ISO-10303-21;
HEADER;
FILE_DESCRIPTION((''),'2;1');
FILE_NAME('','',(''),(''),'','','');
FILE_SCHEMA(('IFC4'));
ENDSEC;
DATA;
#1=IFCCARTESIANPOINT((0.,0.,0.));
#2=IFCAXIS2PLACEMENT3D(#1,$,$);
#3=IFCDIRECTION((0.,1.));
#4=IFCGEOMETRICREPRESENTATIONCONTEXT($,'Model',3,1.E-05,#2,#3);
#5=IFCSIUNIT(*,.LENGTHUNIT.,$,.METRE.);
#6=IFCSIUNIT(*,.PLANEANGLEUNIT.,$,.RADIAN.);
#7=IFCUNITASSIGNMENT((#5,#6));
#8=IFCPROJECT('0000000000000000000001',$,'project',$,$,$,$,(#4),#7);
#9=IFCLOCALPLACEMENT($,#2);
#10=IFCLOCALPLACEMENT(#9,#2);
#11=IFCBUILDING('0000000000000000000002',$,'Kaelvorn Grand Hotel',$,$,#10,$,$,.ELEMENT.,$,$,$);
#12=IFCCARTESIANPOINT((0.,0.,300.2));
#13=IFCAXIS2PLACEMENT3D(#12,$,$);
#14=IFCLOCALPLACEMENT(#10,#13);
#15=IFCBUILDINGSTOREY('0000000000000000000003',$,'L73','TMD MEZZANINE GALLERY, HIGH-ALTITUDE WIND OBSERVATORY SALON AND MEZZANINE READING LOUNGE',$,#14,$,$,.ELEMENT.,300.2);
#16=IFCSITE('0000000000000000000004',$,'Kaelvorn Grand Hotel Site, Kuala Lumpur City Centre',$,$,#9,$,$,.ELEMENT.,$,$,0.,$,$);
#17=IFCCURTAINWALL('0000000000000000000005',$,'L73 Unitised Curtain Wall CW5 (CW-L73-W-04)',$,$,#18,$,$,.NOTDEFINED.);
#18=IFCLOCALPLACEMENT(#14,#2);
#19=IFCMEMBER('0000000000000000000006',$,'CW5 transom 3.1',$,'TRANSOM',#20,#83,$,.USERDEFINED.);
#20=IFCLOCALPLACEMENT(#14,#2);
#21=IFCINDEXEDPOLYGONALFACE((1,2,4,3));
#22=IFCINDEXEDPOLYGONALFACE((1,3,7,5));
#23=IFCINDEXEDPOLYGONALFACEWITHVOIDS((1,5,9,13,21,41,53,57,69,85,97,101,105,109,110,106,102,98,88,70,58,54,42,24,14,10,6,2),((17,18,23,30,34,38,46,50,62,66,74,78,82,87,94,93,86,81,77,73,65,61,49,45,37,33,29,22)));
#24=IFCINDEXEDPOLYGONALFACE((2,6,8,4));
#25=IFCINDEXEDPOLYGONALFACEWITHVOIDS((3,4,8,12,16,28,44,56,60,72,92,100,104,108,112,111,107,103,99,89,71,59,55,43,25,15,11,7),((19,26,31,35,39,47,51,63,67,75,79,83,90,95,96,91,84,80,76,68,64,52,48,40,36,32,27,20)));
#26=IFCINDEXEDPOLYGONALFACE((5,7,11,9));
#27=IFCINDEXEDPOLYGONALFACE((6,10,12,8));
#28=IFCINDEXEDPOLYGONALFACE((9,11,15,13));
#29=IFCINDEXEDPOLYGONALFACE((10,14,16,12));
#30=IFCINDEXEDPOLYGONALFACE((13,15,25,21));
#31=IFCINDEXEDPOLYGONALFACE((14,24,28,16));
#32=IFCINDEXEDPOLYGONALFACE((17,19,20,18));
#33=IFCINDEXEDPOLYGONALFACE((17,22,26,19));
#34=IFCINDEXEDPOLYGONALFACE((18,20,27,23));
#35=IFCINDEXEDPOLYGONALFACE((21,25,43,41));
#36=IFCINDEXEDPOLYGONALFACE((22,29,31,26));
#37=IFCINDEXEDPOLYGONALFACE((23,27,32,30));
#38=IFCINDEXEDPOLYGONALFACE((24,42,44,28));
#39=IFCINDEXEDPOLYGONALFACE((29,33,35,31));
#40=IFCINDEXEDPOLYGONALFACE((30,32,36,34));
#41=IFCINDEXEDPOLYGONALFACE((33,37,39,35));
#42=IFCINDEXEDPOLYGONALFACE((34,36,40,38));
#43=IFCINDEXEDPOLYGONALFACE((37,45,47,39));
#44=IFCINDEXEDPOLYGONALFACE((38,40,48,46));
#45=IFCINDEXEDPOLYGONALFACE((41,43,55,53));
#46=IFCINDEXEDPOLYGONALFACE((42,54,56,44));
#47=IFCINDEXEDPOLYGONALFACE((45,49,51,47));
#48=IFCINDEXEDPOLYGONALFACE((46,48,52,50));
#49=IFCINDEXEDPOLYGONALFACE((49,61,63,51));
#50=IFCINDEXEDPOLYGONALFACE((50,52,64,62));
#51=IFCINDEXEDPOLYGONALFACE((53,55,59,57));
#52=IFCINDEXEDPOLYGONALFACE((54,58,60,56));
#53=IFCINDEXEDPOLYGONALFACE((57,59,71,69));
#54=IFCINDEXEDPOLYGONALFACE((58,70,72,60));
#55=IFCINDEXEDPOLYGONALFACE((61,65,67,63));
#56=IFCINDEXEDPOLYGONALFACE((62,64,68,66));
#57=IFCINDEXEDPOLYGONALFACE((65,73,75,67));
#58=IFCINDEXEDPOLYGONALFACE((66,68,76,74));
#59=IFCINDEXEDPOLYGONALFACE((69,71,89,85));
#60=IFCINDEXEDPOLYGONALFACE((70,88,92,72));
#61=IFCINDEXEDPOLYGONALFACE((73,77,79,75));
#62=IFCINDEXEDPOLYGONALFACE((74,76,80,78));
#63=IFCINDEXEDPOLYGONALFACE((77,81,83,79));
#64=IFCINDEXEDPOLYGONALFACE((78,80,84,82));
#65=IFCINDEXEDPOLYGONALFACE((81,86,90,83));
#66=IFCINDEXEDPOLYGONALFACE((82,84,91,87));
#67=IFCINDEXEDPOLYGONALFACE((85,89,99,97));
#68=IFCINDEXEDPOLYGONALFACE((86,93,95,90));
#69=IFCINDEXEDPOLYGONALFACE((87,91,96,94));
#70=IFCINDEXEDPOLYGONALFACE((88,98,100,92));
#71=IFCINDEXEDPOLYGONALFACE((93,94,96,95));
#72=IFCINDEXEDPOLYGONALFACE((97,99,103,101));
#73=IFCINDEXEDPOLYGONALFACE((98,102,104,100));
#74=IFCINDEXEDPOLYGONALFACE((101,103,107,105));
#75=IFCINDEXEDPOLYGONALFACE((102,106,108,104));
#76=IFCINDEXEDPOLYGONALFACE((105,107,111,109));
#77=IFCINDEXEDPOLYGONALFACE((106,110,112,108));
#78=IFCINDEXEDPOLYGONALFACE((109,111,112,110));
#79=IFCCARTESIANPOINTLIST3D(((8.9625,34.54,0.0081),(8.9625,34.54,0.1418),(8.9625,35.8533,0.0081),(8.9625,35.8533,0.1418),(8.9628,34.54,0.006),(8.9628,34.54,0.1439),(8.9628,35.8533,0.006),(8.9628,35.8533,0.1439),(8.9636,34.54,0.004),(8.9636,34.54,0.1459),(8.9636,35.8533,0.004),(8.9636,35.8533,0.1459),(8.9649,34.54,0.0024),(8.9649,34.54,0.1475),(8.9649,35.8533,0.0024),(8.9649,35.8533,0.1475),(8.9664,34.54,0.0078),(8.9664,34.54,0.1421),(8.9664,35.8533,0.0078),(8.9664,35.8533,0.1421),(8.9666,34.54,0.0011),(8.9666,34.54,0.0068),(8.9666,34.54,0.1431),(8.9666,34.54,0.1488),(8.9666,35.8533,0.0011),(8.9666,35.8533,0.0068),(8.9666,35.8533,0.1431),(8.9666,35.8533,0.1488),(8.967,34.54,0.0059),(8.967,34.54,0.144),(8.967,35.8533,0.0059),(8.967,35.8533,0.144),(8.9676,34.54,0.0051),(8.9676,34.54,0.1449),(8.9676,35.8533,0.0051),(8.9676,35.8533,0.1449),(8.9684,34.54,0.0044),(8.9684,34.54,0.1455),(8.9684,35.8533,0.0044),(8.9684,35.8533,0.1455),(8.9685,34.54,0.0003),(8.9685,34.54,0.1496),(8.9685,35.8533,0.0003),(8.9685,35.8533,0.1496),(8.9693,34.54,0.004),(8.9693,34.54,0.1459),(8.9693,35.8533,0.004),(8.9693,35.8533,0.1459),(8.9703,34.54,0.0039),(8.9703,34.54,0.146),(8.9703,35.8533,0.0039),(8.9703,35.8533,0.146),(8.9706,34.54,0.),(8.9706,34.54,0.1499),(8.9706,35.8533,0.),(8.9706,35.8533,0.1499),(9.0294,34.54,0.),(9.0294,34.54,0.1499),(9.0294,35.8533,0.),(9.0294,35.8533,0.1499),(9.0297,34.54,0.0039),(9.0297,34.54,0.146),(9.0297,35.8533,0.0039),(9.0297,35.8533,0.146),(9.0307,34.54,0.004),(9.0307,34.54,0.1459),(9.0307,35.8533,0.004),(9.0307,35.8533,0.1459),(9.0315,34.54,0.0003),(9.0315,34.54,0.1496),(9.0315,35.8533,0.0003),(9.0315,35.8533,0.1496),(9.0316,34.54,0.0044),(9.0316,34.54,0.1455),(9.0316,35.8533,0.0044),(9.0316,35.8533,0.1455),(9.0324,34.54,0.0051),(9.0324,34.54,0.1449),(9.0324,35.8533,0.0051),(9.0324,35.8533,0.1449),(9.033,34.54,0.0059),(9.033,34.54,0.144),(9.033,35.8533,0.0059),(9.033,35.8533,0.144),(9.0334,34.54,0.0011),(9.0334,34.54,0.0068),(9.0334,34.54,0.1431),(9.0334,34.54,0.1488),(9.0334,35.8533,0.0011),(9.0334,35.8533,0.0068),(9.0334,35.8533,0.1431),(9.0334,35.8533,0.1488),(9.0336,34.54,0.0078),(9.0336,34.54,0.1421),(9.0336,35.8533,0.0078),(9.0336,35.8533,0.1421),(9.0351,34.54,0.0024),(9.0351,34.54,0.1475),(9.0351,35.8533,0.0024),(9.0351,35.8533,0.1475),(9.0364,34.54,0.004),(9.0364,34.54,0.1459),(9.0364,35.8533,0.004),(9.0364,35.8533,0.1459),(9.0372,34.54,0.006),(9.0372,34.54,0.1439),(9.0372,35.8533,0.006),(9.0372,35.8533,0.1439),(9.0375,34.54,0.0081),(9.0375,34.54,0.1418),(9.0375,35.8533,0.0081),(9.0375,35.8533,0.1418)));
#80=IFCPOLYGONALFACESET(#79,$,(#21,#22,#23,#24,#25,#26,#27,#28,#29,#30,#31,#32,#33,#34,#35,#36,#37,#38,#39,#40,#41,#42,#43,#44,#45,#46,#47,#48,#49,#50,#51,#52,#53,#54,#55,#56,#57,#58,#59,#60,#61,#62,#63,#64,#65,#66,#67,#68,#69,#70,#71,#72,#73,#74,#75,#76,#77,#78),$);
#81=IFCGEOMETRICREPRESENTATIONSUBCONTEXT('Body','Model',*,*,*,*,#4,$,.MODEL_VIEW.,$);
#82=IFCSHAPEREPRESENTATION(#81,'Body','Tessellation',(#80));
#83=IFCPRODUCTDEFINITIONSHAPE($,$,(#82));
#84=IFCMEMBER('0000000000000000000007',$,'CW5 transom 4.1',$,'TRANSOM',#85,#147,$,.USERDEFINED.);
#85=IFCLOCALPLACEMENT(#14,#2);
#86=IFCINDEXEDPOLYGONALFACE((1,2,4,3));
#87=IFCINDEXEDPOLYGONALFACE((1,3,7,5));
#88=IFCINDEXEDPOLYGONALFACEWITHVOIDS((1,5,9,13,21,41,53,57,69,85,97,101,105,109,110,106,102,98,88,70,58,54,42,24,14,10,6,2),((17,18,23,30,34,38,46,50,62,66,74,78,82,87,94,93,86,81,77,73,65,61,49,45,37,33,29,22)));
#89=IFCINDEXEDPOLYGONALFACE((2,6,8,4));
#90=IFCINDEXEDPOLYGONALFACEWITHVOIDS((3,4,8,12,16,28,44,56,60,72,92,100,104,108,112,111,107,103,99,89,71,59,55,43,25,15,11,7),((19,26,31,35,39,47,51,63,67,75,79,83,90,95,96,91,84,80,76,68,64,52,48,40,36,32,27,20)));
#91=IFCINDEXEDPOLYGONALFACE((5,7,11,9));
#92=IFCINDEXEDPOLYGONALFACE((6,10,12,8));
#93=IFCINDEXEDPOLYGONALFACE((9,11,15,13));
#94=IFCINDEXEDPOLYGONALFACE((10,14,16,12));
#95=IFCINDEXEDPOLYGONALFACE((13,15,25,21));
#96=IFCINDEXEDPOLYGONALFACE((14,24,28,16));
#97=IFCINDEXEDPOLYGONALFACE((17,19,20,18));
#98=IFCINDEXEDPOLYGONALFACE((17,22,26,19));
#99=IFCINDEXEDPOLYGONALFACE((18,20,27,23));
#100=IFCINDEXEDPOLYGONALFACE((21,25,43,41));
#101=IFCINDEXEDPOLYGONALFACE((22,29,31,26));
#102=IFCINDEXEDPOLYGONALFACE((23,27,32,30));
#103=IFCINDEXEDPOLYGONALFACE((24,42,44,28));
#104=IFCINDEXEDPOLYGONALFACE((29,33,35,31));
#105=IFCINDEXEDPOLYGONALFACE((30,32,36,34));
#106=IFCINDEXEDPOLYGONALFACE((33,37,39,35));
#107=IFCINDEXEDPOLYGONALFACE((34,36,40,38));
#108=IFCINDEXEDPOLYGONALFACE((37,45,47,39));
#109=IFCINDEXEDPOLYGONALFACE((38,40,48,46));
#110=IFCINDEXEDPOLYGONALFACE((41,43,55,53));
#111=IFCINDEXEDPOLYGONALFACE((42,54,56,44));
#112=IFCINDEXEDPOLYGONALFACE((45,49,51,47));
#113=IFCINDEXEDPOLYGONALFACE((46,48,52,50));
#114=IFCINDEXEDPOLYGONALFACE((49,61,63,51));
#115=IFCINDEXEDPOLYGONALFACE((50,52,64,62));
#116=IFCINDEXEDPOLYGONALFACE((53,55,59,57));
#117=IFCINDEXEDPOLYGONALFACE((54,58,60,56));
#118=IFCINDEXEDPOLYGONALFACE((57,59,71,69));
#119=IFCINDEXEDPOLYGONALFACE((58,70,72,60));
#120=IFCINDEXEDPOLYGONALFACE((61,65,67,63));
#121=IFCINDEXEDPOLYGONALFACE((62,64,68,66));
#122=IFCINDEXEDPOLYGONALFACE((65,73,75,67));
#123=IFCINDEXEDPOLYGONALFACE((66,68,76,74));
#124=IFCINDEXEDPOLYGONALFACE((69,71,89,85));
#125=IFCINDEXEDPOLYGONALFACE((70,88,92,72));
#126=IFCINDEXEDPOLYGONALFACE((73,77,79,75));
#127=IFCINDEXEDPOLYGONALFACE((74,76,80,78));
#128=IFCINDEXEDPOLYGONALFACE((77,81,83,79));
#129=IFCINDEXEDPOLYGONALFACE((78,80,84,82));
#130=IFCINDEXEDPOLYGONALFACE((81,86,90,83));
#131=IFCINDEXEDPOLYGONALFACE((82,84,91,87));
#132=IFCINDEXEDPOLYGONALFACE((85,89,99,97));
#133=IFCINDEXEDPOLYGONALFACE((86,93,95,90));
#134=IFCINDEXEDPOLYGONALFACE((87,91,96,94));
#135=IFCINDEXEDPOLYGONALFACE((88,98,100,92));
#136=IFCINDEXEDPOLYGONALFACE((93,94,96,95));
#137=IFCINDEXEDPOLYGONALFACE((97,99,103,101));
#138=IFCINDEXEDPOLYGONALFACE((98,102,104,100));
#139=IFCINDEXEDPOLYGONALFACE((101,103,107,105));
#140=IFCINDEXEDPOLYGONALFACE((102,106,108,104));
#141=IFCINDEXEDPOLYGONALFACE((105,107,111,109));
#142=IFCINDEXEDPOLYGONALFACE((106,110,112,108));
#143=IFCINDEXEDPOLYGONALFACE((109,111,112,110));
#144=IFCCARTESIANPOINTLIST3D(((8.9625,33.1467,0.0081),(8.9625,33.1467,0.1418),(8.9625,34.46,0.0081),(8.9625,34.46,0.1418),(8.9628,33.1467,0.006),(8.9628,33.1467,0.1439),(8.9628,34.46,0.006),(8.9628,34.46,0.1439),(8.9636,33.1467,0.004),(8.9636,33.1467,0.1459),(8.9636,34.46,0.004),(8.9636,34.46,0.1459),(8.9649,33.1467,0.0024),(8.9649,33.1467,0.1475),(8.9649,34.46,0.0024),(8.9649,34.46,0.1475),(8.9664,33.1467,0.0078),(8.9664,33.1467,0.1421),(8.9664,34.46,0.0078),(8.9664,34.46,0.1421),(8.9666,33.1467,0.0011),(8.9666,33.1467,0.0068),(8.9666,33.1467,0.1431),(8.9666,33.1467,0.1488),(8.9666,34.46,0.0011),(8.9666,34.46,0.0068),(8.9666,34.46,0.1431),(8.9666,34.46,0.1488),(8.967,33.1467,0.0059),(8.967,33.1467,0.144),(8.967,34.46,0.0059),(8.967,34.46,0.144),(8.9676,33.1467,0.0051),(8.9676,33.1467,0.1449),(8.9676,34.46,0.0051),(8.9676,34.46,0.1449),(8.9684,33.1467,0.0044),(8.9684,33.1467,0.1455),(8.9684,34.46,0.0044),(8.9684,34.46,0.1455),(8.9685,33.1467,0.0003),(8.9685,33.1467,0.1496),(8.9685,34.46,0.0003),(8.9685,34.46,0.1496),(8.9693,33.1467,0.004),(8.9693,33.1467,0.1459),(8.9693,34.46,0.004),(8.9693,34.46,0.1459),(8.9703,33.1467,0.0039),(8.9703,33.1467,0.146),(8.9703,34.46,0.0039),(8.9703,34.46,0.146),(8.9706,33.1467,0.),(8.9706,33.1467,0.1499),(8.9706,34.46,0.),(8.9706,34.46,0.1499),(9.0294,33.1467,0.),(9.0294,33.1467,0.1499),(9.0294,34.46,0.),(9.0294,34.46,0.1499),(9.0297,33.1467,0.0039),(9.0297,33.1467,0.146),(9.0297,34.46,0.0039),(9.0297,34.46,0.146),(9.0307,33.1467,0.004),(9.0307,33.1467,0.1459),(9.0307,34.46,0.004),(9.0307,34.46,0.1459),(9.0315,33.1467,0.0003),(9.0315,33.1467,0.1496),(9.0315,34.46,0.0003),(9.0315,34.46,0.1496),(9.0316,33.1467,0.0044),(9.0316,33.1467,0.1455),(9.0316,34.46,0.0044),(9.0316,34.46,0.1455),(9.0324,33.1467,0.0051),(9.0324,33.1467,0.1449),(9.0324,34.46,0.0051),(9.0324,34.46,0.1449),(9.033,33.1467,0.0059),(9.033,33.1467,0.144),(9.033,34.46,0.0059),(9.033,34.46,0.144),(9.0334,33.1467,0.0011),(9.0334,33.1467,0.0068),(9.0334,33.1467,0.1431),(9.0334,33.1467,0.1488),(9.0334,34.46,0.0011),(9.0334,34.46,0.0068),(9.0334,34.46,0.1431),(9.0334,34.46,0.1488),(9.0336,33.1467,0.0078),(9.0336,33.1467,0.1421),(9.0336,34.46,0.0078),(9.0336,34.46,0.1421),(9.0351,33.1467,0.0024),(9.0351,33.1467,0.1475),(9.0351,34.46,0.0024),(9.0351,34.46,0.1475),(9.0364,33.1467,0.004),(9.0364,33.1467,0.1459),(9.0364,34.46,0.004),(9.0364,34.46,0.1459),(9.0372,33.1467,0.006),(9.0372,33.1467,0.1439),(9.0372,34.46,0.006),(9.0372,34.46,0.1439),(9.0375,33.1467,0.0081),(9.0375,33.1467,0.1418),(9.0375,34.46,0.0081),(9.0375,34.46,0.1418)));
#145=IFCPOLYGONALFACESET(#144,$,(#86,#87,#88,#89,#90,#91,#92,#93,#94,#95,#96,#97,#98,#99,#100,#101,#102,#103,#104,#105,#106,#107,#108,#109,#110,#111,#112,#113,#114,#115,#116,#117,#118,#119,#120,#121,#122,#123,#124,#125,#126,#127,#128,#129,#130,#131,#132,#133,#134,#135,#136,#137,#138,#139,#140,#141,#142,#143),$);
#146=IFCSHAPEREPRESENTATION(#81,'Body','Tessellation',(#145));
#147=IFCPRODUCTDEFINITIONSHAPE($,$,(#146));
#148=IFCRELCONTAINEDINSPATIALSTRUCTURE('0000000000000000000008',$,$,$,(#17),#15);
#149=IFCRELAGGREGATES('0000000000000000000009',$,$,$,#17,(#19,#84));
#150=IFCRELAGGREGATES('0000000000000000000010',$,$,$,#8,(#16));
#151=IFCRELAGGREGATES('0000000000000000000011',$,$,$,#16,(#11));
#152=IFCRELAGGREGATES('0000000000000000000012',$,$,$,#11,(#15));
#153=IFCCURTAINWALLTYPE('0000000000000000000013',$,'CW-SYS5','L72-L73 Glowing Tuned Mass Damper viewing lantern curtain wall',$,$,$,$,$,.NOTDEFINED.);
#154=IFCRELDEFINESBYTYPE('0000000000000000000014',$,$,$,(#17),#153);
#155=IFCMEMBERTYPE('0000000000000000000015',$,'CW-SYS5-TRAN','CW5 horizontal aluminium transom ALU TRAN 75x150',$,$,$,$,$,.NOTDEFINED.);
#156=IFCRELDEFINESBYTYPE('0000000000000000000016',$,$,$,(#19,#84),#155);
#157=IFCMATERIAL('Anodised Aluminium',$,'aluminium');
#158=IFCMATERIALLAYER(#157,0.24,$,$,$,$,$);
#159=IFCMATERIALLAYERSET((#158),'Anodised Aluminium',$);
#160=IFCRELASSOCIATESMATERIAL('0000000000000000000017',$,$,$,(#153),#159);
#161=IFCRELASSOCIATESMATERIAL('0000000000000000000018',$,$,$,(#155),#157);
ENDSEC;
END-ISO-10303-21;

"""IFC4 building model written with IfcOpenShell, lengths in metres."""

from ifc_helpers import new_model, si_unit, direction, frame, origin, origin_2d, place, context, subcontext, project, spatial, hollow_rectangle, extrude, material, layer, layer_set, material_profile, profile_set, type_object, element, aggregate, save


model = new_model("IFC4")

# Units and contexts
model_context = context("Model", 3, precision=1e-05, world=origin(), true_north=direction((0.0, 1.0)))
body_context = subcontext(model_context, "Body", "Model", "MODEL_VIEW")
ifc_project = project(units=[si_unit("LENGTHUNIT", "METRE"), si_unit("PLANEANGLEUNIT", "RADIAN")], contexts=[model_context])

# Site, building, storey
site_placement = place(None, origin())
site = spatial("IfcSite", under=ifc_project, at=site_placement, Name="Kaelvorn Grand Hotel Site, Kuala Lumpur City Centre", CompositionType="ELEMENT", RefElevation=0.0)
building_placement = place(site_placement, origin())
building = spatial("IfcBuilding", under=site, at=building_placement, Name="Kaelvorn Grand Hotel", CompositionType="ELEMENT")
storey_placement = place(building_placement, frame((0.0, 0.0, 300.2)))
storey = spatial("IfcBuildingStorey", under=building, at=storey_placement, Name="L73", Description="TMD MEZZANINE GALLERY, HIGH-ALTITUDE WIND OBSERVATORY SALON AND MEZZANINE READING LOUNGE", CompositionType="ELEMENT", Elevation=300.2)

# Curtain wall, members
ifc_material_1 = material(Name="Anodised Aluminium", Category="aluminium")
ifc_layer_1 = layer(ifc_material_1, 0.24)
ifc_layer_set_1 = layer_set([ifc_layer_1], Name="Anodised Aluminium")
curtain_wall_type = type_object("IfcCurtainWallType", Name="CW-SYS5", Description="L72-L73 Glowing Tuned Mass Damper viewing lantern curtain wall", PredefinedType="NOTDEFINED", material=ifc_layer_set_1)
curtain_wall_placement = place(storey_placement, origin())
curtain_wall = element("IfcCurtainWall", 1, at=curtain_wall_placement, inside=storey, type_object=curtain_wall_type, Name="L73 Unitised Curtain Wall CW5 (CW-L73-W-04)", PredefinedType="NOTDEFINED")
ifc_material_profile_1 = material_profile(ifc_material_1, hollow_rectangle(XDim=0.075, YDim=0.1499, WallThickness=0.0039, InnerFilletRadius=0.0039, OuterFilletRadius=0.0081, at=origin_2d()), Name="ALU TRAN 75x150")
ifc_profile_set_1 = profile_set([ifc_material_profile_1], Name="Anodised Aluminium")
member_type_1 = type_object("IfcMemberType", Name="CW-SYS5-TRAN", Description="CW5 horizontal aluminium transom ALU TRAN 75x150", PredefinedType="NOTDEFINED", material=ifc_profile_set_1)
member_1_placement = place(storey_placement, frame((9.0, 35.8533, 0.075), z_axis=(0.0, -1.0, 0.0), x_axis=(1.0, 0.0, 0.0)))
member_1 = element("IfcMember", 2, at=member_1_placement, type_object=member_type_1, Name="CW5 transom 3.1", ObjectType="TRANSOM", PredefinedType="USERDEFINED", context=body_context, shape_type="SweptSolid", body=[
    extrude(hollow_rectangle(XDim=0.075, YDim=0.1499, WallThickness=0.0039, InnerFilletRadius=0.0039, OuterFilletRadius=0.0081, at=origin_2d()), origin(), (0.0, 0.0, 1.0), 1.3132),
])
member_2_placement = place(storey_placement, frame((9.0, 34.46, 0.075), z_axis=(0.0, -1.0, 0.0), x_axis=(1.0, 0.0, 0.0)))
member_2 = element("IfcMember", 3, at=member_2_placement, type_object=member_type_1, Name="CW5 transom 4.1", ObjectType="TRANSOM", PredefinedType="USERDEFINED", context=body_context, shape_type="SweptSolid", body=[
    extrude(hollow_rectangle(XDim=0.075, YDim=0.1499, WallThickness=0.0039, InnerFilletRadius=0.0039, OuterFilletRadius=0.0081, at=origin_2d()), origin(), (0.0, 0.0, 1.0), 1.3132),
])
aggregate(curtain_wall, [member_1, member_2])

save(model, "model.ifc")
